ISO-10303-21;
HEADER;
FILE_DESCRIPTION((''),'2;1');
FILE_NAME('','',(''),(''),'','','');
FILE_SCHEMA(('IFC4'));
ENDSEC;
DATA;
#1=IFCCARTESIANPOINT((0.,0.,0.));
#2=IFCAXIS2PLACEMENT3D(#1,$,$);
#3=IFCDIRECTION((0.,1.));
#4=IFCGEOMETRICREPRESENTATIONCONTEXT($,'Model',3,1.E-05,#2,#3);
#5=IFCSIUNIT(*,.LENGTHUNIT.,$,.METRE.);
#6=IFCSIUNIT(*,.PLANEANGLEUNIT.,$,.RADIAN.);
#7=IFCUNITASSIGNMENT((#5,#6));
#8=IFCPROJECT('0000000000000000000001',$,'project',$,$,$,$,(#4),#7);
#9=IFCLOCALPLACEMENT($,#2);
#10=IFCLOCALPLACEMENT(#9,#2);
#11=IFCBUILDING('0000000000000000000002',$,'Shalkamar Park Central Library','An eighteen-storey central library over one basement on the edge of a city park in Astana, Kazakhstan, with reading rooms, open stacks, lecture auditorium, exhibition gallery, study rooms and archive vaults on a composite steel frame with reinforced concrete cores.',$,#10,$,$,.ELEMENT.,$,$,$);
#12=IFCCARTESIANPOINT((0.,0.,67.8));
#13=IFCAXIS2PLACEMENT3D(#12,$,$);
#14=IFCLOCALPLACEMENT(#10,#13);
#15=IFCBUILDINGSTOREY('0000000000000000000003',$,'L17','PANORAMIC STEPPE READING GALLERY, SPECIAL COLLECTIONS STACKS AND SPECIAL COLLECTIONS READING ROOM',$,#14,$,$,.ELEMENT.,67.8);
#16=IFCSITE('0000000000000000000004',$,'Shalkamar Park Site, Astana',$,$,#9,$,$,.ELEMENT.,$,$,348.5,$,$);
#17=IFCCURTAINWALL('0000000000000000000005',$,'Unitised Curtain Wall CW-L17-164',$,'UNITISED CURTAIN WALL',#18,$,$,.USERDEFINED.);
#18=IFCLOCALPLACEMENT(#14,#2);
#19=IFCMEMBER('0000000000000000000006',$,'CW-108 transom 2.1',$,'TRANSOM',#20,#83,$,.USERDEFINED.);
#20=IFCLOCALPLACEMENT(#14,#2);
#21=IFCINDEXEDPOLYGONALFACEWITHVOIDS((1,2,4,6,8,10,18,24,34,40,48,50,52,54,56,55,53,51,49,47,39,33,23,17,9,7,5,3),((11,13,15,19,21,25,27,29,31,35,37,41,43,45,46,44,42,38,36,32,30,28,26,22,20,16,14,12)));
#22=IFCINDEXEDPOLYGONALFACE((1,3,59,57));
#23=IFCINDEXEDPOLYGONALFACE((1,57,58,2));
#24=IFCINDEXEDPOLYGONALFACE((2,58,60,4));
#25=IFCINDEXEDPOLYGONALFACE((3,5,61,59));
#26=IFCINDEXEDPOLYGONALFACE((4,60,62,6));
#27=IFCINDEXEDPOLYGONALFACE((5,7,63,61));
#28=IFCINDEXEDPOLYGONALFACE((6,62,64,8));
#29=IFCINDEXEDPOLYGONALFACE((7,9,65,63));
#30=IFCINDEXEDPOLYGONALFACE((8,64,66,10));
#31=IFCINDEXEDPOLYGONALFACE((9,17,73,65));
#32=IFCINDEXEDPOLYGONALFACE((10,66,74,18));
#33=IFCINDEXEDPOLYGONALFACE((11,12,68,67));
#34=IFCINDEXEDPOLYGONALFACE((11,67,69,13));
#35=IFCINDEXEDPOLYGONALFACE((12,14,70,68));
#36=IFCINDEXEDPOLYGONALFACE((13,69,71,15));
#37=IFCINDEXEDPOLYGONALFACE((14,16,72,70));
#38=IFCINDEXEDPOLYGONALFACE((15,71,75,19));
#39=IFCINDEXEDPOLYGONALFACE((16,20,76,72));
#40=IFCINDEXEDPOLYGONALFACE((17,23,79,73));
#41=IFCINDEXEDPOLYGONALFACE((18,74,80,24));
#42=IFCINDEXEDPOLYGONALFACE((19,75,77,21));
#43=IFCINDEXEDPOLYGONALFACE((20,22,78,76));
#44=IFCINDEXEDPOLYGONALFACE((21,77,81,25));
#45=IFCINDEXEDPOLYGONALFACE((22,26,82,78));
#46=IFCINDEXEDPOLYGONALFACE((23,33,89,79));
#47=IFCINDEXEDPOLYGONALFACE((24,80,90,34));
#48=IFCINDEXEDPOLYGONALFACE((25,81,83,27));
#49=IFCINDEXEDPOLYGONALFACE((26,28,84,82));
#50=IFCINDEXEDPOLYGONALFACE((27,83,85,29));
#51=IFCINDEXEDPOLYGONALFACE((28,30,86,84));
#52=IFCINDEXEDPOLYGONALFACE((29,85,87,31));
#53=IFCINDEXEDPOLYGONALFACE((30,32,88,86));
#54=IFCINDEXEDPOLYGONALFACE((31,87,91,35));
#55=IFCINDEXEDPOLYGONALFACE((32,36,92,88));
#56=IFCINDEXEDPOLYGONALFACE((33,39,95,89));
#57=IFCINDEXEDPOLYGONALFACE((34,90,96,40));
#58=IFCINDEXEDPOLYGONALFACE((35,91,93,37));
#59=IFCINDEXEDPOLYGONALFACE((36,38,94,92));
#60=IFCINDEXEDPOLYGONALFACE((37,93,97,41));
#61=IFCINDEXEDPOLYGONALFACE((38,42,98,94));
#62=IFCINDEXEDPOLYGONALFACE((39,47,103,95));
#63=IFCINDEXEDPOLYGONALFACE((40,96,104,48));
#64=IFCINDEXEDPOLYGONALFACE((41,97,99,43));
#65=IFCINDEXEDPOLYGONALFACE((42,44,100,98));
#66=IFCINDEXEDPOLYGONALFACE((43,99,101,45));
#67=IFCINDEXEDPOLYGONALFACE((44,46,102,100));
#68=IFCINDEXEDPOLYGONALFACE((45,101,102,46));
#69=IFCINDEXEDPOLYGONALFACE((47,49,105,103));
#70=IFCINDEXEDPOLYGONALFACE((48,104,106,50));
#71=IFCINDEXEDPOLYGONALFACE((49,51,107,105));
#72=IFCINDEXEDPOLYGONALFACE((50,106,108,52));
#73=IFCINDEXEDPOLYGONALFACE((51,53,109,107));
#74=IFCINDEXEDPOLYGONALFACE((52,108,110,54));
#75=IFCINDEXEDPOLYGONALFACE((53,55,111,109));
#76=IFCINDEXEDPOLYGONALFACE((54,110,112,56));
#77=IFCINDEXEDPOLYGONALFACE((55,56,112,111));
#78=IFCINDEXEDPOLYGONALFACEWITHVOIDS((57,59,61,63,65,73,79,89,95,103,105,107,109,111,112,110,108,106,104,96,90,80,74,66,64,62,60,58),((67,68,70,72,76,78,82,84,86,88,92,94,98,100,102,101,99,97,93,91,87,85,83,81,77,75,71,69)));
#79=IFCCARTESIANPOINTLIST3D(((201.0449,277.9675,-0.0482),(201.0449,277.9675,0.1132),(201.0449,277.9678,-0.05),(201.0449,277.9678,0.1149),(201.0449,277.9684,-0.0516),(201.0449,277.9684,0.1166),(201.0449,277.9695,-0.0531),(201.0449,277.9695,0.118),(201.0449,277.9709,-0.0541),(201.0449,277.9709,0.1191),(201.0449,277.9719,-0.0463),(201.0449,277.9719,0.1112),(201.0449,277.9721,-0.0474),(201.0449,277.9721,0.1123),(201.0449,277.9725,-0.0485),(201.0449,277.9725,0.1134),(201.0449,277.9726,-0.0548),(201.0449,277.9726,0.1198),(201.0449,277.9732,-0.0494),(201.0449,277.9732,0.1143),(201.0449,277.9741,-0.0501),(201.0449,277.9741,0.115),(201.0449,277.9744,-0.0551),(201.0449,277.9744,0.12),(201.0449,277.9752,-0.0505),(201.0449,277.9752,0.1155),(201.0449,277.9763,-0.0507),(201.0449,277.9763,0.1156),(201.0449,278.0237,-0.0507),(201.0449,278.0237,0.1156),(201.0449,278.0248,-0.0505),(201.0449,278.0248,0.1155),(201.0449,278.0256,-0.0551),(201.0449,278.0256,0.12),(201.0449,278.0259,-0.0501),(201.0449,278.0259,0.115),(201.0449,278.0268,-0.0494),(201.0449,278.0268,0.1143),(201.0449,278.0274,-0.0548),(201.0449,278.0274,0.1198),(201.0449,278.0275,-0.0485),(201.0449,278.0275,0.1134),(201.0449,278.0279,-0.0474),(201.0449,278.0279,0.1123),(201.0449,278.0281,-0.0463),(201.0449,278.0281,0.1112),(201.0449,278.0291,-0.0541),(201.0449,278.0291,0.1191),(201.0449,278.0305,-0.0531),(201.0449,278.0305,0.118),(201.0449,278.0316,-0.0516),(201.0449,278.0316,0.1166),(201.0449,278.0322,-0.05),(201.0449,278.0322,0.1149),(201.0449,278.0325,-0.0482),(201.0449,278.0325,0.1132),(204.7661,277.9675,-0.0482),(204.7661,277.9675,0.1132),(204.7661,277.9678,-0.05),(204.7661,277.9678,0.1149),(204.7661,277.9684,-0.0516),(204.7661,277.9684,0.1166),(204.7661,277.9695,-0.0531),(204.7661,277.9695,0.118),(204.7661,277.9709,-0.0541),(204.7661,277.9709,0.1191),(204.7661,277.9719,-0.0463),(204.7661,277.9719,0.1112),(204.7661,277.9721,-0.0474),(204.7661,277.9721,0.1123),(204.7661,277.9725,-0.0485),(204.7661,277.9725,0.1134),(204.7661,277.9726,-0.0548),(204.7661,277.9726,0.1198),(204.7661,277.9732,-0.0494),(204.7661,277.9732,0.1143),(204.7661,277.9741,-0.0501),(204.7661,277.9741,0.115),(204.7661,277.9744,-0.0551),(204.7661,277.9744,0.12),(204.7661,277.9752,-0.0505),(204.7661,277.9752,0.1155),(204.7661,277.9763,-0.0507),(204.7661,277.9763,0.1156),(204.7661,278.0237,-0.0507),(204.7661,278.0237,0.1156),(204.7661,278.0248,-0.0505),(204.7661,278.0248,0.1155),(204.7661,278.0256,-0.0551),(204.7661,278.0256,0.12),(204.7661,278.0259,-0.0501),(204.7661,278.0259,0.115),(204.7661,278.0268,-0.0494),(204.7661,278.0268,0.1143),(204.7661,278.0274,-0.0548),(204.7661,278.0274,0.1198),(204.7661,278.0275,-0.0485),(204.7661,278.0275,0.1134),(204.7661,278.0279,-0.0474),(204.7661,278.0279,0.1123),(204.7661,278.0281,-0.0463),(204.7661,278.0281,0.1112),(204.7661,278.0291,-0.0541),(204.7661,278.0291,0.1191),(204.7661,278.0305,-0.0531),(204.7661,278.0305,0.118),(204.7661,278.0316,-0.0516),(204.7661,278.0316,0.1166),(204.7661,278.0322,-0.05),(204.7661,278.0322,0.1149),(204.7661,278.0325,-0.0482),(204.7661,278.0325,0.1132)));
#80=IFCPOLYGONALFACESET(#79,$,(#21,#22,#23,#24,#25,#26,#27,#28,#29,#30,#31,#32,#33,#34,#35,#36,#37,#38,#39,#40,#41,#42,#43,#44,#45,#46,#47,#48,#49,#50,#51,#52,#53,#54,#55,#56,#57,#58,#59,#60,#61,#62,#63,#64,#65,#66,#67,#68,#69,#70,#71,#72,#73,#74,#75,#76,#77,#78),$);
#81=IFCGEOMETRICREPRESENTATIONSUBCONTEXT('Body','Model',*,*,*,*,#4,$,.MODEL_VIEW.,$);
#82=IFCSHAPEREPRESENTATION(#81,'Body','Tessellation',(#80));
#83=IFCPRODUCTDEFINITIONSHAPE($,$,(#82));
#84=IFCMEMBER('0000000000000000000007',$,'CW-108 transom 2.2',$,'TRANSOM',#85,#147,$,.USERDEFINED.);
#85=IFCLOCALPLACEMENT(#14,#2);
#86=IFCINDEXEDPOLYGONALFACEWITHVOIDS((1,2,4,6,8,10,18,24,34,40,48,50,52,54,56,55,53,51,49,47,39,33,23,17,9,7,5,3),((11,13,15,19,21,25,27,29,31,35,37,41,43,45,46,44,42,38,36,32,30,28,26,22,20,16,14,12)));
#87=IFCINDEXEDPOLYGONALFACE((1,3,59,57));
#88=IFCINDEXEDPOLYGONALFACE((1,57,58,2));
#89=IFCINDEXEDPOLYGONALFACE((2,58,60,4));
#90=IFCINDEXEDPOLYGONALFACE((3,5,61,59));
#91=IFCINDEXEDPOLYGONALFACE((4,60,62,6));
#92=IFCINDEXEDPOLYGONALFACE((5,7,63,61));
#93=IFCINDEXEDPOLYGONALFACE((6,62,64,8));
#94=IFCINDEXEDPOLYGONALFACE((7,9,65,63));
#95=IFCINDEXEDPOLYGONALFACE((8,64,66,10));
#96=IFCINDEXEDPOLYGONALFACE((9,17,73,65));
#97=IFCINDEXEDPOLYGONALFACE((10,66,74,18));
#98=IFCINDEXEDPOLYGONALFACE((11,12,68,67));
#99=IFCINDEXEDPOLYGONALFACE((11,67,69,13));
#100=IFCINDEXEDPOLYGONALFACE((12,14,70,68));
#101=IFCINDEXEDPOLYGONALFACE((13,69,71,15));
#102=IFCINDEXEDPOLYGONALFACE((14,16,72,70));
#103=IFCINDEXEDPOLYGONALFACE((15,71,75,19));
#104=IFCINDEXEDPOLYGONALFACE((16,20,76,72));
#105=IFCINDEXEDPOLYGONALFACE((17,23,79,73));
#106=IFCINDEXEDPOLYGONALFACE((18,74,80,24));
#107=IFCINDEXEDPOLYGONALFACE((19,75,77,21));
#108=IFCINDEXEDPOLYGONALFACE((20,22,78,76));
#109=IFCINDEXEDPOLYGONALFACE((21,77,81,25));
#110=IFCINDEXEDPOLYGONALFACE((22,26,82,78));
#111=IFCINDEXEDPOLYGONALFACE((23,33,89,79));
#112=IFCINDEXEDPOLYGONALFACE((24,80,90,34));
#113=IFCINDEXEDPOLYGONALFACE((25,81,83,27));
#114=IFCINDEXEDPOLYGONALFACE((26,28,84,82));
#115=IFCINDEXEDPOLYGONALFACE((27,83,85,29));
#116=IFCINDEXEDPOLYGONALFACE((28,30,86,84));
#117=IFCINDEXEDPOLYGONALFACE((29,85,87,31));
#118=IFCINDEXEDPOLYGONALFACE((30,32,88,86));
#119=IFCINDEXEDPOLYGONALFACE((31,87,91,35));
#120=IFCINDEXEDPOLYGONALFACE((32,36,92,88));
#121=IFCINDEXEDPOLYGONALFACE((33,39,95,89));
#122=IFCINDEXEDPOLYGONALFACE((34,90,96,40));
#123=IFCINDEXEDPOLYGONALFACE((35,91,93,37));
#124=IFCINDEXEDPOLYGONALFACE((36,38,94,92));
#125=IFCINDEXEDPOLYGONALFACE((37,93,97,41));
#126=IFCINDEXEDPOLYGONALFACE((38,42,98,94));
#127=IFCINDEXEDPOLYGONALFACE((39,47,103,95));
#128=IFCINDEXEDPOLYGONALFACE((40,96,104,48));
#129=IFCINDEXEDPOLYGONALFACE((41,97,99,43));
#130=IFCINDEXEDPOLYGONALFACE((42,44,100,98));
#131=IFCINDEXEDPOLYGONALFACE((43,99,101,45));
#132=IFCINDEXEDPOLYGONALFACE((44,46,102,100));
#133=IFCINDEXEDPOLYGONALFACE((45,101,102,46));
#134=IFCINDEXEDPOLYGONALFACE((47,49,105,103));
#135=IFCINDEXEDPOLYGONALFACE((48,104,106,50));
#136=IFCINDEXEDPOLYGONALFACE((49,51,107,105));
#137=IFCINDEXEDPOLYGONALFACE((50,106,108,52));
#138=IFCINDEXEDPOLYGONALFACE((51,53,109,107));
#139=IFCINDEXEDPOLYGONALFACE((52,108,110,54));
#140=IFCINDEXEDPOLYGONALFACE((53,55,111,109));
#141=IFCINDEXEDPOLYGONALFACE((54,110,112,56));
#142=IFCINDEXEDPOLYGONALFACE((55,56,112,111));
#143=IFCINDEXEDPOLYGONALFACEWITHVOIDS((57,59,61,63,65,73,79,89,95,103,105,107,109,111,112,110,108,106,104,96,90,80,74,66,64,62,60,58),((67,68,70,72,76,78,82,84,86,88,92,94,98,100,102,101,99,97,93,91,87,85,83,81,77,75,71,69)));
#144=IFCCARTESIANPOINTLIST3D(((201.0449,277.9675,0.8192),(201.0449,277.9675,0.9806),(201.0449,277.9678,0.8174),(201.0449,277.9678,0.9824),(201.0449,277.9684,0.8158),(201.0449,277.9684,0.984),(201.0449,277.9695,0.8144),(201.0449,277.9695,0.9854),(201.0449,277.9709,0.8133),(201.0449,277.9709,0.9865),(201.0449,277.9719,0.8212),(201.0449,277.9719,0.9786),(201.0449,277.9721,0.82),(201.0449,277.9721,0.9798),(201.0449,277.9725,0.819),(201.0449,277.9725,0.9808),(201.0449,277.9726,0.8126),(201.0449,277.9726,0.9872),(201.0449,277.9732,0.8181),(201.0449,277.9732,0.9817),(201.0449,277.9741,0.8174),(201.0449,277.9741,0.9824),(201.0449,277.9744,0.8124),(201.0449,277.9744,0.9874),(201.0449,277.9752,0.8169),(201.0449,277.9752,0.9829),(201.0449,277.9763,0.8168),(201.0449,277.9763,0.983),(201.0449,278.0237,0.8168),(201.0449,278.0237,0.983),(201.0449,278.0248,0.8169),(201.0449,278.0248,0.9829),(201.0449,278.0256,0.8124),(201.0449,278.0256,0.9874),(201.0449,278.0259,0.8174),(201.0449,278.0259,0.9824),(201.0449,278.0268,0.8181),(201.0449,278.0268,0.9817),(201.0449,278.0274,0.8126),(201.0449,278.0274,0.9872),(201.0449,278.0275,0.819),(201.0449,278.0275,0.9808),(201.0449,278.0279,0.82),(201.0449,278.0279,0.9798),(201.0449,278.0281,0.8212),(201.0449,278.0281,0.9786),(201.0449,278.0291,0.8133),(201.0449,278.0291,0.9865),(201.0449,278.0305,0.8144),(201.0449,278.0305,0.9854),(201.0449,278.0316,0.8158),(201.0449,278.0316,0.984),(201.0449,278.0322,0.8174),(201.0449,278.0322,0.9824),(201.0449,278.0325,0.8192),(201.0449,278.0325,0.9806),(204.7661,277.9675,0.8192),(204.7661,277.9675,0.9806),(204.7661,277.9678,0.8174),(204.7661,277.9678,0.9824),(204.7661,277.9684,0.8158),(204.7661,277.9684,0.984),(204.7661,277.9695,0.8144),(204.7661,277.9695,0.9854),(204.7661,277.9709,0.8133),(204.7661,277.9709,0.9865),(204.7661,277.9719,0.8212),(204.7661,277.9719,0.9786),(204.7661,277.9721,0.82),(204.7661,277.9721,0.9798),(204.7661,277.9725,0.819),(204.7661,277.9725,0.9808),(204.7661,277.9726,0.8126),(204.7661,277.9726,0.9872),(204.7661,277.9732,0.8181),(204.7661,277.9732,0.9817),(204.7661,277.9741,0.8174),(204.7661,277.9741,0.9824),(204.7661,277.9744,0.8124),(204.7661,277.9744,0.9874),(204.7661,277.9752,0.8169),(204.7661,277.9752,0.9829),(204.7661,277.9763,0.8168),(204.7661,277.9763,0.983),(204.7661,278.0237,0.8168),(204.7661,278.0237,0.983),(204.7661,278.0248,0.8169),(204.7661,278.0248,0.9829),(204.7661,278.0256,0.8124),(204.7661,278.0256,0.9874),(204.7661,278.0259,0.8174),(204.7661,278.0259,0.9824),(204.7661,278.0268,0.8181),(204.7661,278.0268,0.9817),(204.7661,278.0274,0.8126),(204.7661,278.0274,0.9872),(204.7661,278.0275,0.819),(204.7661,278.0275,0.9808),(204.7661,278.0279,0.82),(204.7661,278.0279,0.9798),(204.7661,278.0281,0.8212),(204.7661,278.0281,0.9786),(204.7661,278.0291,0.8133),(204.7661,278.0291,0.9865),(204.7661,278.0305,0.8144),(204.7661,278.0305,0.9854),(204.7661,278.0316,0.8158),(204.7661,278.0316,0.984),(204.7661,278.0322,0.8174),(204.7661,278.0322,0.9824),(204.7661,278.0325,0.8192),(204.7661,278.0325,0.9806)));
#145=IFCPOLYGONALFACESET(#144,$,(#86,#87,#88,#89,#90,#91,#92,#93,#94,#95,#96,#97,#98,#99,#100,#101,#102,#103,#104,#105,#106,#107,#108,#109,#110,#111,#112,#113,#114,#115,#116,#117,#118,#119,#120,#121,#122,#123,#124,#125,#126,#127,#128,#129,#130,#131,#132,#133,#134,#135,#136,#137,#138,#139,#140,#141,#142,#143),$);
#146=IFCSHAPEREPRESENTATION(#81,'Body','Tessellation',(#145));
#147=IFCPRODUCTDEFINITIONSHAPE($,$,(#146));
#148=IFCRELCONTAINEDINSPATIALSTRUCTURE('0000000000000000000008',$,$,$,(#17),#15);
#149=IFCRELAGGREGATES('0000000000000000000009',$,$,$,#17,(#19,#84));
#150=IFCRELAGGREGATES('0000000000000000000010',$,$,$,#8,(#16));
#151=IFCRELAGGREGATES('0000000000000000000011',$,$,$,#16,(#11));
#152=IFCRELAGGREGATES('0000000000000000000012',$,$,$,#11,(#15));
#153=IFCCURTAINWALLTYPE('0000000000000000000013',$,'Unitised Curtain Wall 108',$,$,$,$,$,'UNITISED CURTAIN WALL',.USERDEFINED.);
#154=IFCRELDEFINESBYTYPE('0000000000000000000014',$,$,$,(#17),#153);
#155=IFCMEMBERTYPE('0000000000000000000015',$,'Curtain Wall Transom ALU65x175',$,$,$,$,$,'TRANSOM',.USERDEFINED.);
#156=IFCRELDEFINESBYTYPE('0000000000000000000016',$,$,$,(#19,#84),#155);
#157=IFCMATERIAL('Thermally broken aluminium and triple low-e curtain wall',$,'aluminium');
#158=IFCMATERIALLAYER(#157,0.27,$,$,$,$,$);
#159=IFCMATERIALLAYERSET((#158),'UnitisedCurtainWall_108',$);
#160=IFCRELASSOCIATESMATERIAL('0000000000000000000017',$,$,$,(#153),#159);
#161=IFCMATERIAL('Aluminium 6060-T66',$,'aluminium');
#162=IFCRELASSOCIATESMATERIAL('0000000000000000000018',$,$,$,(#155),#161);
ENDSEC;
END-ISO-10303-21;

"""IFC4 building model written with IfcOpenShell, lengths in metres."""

from ifc_helpers import new_model, si_unit, direction, frame, origin, origin_2d, place, context, subcontext, project, spatial, hollow_rectangle, extrude, material, layer, layer_set, material_profile, profile_set, type_object, element, aggregate, save


model = new_model("IFC4")

# Units and contexts
model_context = context("Model", 3, precision=1e-05, world=origin(), true_north=direction((0.0, 1.0)))
body_context = subcontext(model_context, "Body", "Model", "MODEL_VIEW")
ifc_project = project(units=[si_unit("LENGTHUNIT", "METRE"), si_unit("PLANEANGLEUNIT", "RADIAN")], contexts=[model_context])

# Site, building, storey
site_placement = place(None, origin())
site = spatial("IfcSite", under=ifc_project, at=site_placement, Name="Shalkamar Park Site, Astana", CompositionType="ELEMENT", RefElevation=348.5)
building_placement = place(site_placement, origin())
building = spatial("IfcBuilding", under=site, at=building_placement, Name="Shalkamar Park Central Library", Description="An eighteen-storey central library over one basement on the edge of a city park in Astana, Kazakhstan, with reading rooms, open stacks, lecture auditorium, exhibition gallery, study rooms and archive vaults on a composite steel frame with reinforced concrete cores.", CompositionType="ELEMENT")
storey_placement = place(building_placement, frame((0.0, 0.0, 67.8)))
storey = spatial("IfcBuildingStorey", under=building, at=storey_placement, Name="L17", Description="PANORAMIC STEPPE READING GALLERY, SPECIAL COLLECTIONS STACKS AND SPECIAL COLLECTIONS READING ROOM", CompositionType="ELEMENT", Elevation=67.8)

# Shared definitions
ifc_material_1 = material(Name="Thermally broken aluminium and triple low-e curtain wall", Category="aluminium")
ifc_material_2 = material(Name="Aluminium 6060-T66", Category="aluminium")

# Curtain wall, members
ifc_layer_1 = layer(ifc_material_1, 0.27)
ifc_layer_set_1 = layer_set([ifc_layer_1], Name="UnitisedCurtainWall_108")
curtain_wall_type_1 = type_object("IfcCurtainWallType", Name="Unitised Curtain Wall 108", ElementType="UNITISED CURTAIN WALL", PredefinedType="USERDEFINED", material=ifc_layer_set_1)
curtain_wall_1_placement = place(storey_placement, origin())
curtain_wall_1 = element("IfcCurtainWall", 1, at=curtain_wall_1_placement, inside=storey, type_object=curtain_wall_type_1, Name="Unitised Curtain Wall CW-L17-164", ObjectType="UNITISED CURTAIN WALL", PredefinedType="USERDEFINED")
ifc_material_profile_1 = material_profile(ifc_material_2, hollow_rectangle(XDim=0.0649, YDim=0.175, WallThickness=0.0044, InnerFilletRadius=0.0044, OuterFilletRadius=0.0068, at=origin_2d()), Name="ALU 65x175x4.5")
ifc_profile_set_1 = profile_set([ifc_material_profile_1], Name="Aluminium 6060-T66")
member_type_1 = type_object("IfcMemberType", Name="Curtain Wall Transom ALU65x175", ElementType="TRANSOM", PredefinedType="USERDEFINED", material=ifc_profile_set_1)
member_1_placement = place(storey_placement, frame((201.0449, 278.0, 0.0325), z_axis=(1.0, 0.0, 0.0), x_axis=(0.0, 1.0, 0.0)))
member_1 = element("IfcMember", 2, at=member_1_placement, type_object=member_type_1, Name="CW-108 transom 2.1", ObjectType="TRANSOM", PredefinedType="USERDEFINED", context=body_context, shape_type="SweptSolid", body=[
    extrude(hollow_rectangle(XDim=0.0649, YDim=0.175, WallThickness=0.0044, InnerFilletRadius=0.0044, OuterFilletRadius=0.0068, at=origin_2d()), origin(), (0.0, 0.0, 1.0), 3.7212),
])
member_2_placement = place(storey_placement, frame((201.0449, 278.0, 0.8999), z_axis=(1.0, 0.0, 0.0), x_axis=(0.0, 1.0, 0.0)))
member_2 = element("IfcMember", 3, at=member_2_placement, type_object=member_type_1, Name="CW-108 transom 2.2", ObjectType="TRANSOM", PredefinedType="USERDEFINED", context=body_context, shape_type="SweptSolid", body=[
    extrude(hollow_rectangle(XDim=0.0649, YDim=0.175, WallThickness=0.0044, InnerFilletRadius=0.0044, OuterFilletRadius=0.0068, at=origin_2d()), origin(), (0.0, 0.0, 1.0), 3.7212),
])

aggregate(curtain_wall_1, [member_1, member_2])

save(model, "model.ifc")
